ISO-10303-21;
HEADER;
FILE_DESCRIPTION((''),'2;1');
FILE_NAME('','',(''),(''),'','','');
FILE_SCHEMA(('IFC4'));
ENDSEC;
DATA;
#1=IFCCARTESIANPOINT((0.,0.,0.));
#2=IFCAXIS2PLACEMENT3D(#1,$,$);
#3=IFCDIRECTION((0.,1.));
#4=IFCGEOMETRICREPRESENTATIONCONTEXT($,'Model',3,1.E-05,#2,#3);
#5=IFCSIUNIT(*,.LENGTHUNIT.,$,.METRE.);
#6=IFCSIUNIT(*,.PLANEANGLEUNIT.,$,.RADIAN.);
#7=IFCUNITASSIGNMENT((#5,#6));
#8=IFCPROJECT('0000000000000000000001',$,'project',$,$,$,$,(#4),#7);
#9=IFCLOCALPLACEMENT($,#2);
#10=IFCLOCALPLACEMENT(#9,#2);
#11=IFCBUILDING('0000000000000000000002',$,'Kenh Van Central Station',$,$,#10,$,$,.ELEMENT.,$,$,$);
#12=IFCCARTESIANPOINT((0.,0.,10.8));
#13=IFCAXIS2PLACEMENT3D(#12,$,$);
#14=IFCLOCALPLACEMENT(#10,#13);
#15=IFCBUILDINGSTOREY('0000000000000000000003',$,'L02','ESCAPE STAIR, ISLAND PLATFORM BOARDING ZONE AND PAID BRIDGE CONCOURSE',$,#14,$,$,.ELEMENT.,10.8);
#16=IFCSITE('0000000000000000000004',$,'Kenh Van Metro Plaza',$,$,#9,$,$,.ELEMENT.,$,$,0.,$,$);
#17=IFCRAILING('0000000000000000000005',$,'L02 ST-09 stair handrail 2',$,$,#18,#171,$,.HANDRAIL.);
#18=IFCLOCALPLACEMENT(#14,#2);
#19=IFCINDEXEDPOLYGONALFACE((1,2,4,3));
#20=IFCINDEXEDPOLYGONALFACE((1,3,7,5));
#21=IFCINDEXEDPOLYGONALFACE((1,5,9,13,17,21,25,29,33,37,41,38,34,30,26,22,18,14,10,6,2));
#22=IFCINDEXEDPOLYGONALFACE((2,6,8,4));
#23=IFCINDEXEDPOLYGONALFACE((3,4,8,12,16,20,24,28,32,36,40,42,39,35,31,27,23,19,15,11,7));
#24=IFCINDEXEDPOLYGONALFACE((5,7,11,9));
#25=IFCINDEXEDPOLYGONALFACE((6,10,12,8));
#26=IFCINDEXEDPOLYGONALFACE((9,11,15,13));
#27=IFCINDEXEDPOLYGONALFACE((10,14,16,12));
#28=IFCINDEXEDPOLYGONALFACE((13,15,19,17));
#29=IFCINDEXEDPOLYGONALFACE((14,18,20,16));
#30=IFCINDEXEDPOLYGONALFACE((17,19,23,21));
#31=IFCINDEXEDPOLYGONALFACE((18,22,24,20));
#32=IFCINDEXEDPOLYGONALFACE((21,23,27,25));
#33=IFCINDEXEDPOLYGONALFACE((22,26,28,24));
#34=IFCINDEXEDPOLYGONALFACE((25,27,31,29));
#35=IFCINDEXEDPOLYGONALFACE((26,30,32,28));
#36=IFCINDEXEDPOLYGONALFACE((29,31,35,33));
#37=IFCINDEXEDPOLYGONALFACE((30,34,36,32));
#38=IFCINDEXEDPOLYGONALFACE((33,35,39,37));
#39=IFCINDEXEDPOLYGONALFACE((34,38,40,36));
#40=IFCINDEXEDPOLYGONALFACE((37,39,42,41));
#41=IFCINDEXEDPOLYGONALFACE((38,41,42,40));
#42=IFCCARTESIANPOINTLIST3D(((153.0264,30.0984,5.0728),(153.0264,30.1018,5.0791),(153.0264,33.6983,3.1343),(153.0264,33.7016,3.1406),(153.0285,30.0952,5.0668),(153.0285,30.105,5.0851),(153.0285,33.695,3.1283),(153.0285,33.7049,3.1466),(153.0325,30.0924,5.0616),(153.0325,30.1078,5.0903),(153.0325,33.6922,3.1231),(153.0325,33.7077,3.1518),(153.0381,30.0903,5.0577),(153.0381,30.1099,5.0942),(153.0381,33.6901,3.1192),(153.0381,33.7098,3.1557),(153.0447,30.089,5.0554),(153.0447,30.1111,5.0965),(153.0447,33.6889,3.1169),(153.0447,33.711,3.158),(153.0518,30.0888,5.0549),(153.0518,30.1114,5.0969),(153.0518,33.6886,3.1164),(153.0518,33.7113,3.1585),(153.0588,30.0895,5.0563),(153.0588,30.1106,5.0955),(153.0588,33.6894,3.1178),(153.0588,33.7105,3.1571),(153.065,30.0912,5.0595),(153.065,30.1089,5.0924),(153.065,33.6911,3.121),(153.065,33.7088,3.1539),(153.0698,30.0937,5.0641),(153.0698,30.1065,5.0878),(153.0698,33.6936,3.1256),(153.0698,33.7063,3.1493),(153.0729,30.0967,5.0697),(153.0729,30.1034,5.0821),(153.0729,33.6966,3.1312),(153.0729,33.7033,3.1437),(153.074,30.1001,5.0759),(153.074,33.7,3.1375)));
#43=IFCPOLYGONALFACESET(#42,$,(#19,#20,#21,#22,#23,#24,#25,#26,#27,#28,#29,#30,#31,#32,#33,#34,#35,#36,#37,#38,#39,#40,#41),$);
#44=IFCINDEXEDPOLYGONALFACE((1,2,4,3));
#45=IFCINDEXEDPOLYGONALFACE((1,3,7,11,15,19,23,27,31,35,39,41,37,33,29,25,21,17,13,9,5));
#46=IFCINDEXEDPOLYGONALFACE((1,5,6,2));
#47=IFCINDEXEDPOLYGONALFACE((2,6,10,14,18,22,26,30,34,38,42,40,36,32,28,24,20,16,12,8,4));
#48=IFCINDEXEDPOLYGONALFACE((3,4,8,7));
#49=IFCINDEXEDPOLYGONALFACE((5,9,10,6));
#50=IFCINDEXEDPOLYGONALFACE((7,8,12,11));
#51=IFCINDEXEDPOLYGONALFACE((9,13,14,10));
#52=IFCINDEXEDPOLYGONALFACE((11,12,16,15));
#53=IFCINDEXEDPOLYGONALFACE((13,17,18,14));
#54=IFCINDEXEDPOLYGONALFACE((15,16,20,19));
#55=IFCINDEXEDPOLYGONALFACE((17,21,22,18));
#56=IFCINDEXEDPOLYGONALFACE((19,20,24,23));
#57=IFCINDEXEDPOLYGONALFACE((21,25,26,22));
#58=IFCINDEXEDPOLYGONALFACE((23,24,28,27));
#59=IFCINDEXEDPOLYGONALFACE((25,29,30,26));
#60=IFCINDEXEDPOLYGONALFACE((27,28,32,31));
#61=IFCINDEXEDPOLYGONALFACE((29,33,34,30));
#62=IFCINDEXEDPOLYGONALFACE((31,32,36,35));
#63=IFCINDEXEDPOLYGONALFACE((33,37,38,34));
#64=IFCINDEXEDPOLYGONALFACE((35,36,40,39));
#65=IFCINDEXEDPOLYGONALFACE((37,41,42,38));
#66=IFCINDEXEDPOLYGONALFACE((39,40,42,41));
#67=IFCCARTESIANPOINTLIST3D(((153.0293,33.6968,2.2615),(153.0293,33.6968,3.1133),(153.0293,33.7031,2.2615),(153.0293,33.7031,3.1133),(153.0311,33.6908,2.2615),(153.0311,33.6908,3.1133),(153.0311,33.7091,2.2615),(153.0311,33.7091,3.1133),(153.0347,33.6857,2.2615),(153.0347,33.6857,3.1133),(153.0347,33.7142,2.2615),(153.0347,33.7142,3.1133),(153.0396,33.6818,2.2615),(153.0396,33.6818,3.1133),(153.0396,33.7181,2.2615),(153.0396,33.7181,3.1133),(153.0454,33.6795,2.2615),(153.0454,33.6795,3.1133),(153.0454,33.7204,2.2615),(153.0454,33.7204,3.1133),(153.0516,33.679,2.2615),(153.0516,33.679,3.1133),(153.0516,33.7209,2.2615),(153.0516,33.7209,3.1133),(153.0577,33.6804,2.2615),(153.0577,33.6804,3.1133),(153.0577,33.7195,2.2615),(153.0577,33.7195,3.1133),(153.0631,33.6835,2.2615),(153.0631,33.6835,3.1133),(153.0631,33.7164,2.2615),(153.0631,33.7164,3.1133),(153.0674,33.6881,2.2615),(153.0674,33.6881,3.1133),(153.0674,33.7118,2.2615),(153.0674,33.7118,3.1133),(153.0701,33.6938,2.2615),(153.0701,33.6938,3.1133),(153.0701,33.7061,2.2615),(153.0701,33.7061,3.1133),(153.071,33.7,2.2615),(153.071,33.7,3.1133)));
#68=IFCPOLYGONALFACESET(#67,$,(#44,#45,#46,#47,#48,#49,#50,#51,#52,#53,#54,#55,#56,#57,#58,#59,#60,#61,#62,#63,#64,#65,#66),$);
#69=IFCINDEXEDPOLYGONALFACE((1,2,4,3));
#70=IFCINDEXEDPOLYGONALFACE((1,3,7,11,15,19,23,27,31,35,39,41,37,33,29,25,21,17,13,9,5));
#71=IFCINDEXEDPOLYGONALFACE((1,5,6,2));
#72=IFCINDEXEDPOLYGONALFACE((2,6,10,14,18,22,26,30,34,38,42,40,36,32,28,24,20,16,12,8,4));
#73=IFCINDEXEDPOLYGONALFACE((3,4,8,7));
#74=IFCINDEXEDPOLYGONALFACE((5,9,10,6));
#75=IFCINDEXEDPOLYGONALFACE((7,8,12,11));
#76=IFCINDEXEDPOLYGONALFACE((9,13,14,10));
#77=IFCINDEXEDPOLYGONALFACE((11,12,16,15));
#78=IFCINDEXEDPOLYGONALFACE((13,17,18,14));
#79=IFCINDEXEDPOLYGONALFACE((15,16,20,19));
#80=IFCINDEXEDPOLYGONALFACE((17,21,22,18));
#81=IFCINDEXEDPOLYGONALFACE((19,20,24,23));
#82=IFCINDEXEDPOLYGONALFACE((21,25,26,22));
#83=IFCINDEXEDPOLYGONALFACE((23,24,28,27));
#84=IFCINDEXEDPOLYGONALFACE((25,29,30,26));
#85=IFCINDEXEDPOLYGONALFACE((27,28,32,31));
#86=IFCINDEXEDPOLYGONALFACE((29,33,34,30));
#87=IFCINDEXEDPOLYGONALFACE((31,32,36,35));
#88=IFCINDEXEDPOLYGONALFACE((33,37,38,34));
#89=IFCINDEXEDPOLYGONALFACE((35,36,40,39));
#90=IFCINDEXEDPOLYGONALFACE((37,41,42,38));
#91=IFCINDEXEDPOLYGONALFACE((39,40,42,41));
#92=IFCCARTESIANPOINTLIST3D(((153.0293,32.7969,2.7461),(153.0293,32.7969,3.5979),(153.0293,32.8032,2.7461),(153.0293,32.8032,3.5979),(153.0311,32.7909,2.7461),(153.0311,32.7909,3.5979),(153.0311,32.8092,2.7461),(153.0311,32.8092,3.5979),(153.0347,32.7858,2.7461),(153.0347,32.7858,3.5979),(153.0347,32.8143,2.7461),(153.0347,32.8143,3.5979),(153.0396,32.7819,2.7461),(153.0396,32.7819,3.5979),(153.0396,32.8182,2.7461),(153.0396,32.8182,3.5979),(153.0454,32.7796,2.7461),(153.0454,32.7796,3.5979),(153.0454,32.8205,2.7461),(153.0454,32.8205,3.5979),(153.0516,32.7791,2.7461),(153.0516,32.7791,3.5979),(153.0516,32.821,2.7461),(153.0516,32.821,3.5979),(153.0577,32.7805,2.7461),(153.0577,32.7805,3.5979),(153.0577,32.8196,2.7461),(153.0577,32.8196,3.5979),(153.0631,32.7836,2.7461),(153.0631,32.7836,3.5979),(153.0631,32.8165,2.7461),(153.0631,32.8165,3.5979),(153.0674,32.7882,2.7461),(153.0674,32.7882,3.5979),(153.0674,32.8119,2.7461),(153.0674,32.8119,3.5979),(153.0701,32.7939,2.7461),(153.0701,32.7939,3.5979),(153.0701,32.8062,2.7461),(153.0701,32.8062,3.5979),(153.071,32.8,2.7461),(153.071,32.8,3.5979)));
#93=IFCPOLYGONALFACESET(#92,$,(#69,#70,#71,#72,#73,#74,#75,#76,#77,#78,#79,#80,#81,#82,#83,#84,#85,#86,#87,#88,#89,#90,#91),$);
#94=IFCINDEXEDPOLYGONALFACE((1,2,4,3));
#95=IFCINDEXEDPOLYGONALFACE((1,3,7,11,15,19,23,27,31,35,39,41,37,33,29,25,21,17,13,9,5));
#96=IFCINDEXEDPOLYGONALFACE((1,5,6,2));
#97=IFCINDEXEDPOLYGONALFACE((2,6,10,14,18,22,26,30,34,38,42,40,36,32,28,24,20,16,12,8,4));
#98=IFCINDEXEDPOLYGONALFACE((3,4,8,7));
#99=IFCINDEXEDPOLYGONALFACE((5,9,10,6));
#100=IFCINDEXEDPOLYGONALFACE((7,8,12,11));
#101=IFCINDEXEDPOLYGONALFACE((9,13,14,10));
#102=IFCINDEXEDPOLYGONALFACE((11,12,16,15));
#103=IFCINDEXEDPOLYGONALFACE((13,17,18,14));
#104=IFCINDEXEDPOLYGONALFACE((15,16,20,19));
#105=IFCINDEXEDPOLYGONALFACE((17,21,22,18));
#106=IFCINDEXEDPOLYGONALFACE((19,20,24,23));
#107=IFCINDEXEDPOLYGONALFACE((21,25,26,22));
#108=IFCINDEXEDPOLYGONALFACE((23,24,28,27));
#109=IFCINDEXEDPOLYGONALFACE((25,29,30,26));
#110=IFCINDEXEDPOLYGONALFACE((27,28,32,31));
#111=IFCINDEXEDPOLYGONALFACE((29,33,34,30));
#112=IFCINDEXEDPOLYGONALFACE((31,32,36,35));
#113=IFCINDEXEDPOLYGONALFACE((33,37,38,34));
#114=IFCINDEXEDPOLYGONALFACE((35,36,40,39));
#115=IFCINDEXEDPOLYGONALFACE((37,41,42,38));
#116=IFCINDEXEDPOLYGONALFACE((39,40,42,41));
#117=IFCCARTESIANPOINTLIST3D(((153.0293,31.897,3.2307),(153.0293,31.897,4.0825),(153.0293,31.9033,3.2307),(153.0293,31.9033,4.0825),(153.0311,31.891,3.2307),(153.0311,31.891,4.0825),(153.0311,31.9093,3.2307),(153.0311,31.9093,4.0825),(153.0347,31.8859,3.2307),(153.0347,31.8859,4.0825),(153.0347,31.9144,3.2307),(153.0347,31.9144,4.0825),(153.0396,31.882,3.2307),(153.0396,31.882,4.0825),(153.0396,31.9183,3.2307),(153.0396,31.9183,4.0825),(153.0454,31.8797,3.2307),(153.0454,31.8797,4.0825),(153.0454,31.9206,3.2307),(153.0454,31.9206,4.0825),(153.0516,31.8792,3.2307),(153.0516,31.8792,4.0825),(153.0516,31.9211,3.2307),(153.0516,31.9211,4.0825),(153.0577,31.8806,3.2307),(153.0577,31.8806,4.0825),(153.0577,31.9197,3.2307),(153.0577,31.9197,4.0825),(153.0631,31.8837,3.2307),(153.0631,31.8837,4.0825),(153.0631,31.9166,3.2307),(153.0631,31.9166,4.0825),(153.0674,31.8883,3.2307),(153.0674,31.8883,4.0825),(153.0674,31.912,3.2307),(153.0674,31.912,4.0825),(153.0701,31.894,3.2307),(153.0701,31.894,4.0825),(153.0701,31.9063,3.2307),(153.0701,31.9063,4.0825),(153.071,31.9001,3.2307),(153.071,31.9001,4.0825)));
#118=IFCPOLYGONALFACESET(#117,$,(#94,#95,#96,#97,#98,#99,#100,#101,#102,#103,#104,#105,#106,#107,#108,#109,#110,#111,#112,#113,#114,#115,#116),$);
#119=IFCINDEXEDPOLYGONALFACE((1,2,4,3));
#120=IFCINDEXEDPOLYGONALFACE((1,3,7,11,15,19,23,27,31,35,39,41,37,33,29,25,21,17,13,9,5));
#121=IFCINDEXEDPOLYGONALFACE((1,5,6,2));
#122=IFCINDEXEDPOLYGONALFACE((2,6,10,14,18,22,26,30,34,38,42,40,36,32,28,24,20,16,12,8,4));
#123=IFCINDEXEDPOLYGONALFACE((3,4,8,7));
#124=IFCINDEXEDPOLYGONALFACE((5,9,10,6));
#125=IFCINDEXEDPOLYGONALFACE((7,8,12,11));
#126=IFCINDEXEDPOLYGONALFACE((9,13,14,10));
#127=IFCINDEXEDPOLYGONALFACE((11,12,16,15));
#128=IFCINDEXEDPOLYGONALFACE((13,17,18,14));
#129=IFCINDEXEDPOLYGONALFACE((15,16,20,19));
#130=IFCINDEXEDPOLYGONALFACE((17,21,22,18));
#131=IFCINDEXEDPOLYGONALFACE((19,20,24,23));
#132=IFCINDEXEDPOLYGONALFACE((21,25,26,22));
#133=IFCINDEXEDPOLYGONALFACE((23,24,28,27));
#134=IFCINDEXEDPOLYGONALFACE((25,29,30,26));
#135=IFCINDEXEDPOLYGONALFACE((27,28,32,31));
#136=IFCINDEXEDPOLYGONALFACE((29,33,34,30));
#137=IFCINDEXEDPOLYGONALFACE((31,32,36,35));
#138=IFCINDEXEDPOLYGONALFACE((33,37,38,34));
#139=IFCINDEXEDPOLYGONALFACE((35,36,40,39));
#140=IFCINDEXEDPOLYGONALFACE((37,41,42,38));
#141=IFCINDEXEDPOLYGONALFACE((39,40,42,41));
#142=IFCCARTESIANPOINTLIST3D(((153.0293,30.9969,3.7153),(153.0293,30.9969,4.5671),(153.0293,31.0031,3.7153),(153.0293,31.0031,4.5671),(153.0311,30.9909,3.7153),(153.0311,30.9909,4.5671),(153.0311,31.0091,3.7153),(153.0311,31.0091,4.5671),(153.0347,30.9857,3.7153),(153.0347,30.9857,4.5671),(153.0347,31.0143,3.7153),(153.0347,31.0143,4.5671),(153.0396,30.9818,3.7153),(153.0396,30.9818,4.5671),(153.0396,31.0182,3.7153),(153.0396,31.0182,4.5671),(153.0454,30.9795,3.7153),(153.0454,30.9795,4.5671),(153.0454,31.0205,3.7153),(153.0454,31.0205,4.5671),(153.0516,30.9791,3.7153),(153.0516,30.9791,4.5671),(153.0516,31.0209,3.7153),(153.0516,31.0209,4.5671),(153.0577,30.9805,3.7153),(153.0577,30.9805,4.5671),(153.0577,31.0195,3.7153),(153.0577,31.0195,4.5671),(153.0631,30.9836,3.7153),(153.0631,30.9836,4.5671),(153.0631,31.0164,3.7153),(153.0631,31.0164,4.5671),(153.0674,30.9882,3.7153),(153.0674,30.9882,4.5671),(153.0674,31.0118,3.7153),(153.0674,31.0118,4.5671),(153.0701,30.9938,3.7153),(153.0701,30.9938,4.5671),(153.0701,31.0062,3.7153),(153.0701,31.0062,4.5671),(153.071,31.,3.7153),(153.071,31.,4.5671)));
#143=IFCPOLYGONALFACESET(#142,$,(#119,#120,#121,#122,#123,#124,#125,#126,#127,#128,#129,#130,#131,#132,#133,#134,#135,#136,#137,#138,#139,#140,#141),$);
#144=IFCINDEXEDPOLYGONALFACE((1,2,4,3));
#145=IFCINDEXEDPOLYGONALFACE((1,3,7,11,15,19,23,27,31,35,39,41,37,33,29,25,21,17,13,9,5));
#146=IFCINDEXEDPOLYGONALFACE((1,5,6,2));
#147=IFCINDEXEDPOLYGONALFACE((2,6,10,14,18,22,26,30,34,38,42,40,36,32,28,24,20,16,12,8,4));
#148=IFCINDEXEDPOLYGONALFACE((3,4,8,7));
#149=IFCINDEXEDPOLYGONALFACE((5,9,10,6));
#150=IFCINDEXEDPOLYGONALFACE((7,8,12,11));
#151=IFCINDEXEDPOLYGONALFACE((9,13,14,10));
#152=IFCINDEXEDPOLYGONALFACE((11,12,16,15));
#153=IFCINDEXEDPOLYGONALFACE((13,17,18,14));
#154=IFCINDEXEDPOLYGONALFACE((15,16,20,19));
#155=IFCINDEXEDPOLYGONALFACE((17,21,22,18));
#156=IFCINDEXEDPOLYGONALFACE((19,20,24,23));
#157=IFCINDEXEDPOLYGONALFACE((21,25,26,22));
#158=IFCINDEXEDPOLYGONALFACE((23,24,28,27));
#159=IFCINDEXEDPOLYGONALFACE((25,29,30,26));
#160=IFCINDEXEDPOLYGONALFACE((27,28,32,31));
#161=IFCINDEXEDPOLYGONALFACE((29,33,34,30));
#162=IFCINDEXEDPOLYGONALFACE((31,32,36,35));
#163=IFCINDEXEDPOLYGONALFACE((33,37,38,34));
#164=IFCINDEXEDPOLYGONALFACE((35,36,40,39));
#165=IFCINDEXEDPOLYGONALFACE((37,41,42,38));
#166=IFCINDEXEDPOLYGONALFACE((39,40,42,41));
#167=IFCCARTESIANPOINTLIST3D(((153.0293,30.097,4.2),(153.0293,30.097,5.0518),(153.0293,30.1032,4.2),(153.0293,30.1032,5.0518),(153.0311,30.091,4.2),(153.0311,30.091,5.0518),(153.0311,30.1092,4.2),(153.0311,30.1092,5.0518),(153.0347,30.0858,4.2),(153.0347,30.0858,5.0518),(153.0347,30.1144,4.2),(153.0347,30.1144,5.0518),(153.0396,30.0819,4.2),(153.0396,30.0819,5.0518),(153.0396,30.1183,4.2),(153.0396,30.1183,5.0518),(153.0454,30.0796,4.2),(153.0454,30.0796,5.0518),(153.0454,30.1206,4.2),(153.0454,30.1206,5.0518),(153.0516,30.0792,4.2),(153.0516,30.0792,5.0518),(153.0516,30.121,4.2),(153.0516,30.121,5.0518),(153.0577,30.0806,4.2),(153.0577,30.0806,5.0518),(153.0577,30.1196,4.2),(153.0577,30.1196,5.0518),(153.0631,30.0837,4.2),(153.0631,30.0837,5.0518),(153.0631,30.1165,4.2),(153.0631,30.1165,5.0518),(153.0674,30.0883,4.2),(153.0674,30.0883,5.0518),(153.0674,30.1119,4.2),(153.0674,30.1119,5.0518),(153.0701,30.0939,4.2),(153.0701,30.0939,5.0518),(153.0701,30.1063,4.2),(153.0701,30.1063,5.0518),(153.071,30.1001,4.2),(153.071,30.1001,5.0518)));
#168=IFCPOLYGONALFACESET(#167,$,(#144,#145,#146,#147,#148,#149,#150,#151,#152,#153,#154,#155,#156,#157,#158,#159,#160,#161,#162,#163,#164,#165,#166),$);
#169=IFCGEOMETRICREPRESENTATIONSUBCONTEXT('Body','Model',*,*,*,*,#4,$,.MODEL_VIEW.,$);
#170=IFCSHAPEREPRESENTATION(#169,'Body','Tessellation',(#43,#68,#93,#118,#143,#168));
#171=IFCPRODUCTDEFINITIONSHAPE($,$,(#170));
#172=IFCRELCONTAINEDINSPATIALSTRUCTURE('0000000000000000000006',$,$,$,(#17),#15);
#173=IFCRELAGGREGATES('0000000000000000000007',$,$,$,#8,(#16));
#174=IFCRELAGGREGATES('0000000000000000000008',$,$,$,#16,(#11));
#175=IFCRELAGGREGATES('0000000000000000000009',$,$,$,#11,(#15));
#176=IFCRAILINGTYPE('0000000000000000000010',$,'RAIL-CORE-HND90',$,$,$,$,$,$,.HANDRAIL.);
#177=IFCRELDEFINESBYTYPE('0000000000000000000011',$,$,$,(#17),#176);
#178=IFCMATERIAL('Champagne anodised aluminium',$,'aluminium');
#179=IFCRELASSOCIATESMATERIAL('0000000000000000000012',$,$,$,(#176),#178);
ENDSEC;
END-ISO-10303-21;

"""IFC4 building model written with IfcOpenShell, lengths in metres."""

from ifc_helpers import new_model, si_unit, direction, frame, origin, origin_2d, place, context, subcontext, project, spatial, circle, extrude, material, type_object, element, save


model = new_model("IFC4")

# Units and contexts
model_context = context("Model", 3, precision=1e-05, world=origin(), true_north=direction((0.0, 1.0)))
body_context = subcontext(model_context, "Body", "Model", "MODEL_VIEW")
ifc_project = project(units=[si_unit("LENGTHUNIT", "METRE"), si_unit("PLANEANGLEUNIT", "RADIAN")], contexts=[model_context])

# Site, building, storey
site_placement = place(None, origin())
site = spatial("IfcSite", under=ifc_project, at=site_placement, Name="Kenh Van Metro Plaza", CompositionType="ELEMENT", RefElevation=0.0)
building_placement = place(site_placement, origin())
building = spatial("IfcBuilding", under=site, at=building_placement, Name="Kenh Van Central Station", CompositionType="ELEMENT")
storey_placement = place(building_placement, frame((0.0, 0.0, 10.8)))
storey = spatial("IfcBuildingStorey", under=building, at=storey_placement, Name="L02", Description="ESCAPE STAIR, ISLAND PLATFORM BOARDING ZONE AND PAID BRIDGE CONCOURSE", CompositionType="ELEMENT", Elevation=10.8)

# Shared definitions
ifc_material_1 = material(Name="Champagne anodised aluminium", Category="aluminium")

# Railing
railing_type_1 = type_object("IfcRailingType", Name="RAIL-CORE-HND90", PredefinedType="HANDRAIL", material=ifc_material_1)
railing_1_placement = place(storey_placement, frame((153.05, 33.7, 2.2615)))
element("IfcRailing", 1, at=railing_1_placement, inside=storey, type_object=railing_type_1, Name="L02 ST-09 stair handrail 2", PredefinedType="HANDRAIL", context=body_context, shape_type="SweptSolid", body=[
    extrude(circle(Radius=0.0239, at=origin_2d()), frame((0.0, 0.0, 0.876), z_axis=(0.0, -0.880462, 0.474118), x_axis=(1.0, 0.0, 0.0)), (0.0, 0.0, 1.0), 4.0886),
    extrude(circle(Radius=0.021, at=origin_2d()), origin(), (0.0, 0.0, 1.0), 0.8518),
    extrude(circle(Radius=0.021, at=origin_2d()), frame((0.0, -0.8999, 0.4846)), (0.0, 0.0, 1.0), 0.8518),
    extrude(circle(Radius=0.021, at=origin_2d()), frame((0.0, -1.7998, 0.9692)), (0.0, 0.0, 1.0), 0.8518),
    extrude(circle(Radius=0.021, at=origin_2d()), frame((0.0, -2.7, 1.4539)), (0.0, 0.0, 1.0), 0.8518),
    extrude(circle(Radius=0.021, at=origin_2d()), frame((0.0, -3.5999, 1.9385)), (0.0, 0.0, 1.0), 0.8518),
])

save(model, "model.ifc")
